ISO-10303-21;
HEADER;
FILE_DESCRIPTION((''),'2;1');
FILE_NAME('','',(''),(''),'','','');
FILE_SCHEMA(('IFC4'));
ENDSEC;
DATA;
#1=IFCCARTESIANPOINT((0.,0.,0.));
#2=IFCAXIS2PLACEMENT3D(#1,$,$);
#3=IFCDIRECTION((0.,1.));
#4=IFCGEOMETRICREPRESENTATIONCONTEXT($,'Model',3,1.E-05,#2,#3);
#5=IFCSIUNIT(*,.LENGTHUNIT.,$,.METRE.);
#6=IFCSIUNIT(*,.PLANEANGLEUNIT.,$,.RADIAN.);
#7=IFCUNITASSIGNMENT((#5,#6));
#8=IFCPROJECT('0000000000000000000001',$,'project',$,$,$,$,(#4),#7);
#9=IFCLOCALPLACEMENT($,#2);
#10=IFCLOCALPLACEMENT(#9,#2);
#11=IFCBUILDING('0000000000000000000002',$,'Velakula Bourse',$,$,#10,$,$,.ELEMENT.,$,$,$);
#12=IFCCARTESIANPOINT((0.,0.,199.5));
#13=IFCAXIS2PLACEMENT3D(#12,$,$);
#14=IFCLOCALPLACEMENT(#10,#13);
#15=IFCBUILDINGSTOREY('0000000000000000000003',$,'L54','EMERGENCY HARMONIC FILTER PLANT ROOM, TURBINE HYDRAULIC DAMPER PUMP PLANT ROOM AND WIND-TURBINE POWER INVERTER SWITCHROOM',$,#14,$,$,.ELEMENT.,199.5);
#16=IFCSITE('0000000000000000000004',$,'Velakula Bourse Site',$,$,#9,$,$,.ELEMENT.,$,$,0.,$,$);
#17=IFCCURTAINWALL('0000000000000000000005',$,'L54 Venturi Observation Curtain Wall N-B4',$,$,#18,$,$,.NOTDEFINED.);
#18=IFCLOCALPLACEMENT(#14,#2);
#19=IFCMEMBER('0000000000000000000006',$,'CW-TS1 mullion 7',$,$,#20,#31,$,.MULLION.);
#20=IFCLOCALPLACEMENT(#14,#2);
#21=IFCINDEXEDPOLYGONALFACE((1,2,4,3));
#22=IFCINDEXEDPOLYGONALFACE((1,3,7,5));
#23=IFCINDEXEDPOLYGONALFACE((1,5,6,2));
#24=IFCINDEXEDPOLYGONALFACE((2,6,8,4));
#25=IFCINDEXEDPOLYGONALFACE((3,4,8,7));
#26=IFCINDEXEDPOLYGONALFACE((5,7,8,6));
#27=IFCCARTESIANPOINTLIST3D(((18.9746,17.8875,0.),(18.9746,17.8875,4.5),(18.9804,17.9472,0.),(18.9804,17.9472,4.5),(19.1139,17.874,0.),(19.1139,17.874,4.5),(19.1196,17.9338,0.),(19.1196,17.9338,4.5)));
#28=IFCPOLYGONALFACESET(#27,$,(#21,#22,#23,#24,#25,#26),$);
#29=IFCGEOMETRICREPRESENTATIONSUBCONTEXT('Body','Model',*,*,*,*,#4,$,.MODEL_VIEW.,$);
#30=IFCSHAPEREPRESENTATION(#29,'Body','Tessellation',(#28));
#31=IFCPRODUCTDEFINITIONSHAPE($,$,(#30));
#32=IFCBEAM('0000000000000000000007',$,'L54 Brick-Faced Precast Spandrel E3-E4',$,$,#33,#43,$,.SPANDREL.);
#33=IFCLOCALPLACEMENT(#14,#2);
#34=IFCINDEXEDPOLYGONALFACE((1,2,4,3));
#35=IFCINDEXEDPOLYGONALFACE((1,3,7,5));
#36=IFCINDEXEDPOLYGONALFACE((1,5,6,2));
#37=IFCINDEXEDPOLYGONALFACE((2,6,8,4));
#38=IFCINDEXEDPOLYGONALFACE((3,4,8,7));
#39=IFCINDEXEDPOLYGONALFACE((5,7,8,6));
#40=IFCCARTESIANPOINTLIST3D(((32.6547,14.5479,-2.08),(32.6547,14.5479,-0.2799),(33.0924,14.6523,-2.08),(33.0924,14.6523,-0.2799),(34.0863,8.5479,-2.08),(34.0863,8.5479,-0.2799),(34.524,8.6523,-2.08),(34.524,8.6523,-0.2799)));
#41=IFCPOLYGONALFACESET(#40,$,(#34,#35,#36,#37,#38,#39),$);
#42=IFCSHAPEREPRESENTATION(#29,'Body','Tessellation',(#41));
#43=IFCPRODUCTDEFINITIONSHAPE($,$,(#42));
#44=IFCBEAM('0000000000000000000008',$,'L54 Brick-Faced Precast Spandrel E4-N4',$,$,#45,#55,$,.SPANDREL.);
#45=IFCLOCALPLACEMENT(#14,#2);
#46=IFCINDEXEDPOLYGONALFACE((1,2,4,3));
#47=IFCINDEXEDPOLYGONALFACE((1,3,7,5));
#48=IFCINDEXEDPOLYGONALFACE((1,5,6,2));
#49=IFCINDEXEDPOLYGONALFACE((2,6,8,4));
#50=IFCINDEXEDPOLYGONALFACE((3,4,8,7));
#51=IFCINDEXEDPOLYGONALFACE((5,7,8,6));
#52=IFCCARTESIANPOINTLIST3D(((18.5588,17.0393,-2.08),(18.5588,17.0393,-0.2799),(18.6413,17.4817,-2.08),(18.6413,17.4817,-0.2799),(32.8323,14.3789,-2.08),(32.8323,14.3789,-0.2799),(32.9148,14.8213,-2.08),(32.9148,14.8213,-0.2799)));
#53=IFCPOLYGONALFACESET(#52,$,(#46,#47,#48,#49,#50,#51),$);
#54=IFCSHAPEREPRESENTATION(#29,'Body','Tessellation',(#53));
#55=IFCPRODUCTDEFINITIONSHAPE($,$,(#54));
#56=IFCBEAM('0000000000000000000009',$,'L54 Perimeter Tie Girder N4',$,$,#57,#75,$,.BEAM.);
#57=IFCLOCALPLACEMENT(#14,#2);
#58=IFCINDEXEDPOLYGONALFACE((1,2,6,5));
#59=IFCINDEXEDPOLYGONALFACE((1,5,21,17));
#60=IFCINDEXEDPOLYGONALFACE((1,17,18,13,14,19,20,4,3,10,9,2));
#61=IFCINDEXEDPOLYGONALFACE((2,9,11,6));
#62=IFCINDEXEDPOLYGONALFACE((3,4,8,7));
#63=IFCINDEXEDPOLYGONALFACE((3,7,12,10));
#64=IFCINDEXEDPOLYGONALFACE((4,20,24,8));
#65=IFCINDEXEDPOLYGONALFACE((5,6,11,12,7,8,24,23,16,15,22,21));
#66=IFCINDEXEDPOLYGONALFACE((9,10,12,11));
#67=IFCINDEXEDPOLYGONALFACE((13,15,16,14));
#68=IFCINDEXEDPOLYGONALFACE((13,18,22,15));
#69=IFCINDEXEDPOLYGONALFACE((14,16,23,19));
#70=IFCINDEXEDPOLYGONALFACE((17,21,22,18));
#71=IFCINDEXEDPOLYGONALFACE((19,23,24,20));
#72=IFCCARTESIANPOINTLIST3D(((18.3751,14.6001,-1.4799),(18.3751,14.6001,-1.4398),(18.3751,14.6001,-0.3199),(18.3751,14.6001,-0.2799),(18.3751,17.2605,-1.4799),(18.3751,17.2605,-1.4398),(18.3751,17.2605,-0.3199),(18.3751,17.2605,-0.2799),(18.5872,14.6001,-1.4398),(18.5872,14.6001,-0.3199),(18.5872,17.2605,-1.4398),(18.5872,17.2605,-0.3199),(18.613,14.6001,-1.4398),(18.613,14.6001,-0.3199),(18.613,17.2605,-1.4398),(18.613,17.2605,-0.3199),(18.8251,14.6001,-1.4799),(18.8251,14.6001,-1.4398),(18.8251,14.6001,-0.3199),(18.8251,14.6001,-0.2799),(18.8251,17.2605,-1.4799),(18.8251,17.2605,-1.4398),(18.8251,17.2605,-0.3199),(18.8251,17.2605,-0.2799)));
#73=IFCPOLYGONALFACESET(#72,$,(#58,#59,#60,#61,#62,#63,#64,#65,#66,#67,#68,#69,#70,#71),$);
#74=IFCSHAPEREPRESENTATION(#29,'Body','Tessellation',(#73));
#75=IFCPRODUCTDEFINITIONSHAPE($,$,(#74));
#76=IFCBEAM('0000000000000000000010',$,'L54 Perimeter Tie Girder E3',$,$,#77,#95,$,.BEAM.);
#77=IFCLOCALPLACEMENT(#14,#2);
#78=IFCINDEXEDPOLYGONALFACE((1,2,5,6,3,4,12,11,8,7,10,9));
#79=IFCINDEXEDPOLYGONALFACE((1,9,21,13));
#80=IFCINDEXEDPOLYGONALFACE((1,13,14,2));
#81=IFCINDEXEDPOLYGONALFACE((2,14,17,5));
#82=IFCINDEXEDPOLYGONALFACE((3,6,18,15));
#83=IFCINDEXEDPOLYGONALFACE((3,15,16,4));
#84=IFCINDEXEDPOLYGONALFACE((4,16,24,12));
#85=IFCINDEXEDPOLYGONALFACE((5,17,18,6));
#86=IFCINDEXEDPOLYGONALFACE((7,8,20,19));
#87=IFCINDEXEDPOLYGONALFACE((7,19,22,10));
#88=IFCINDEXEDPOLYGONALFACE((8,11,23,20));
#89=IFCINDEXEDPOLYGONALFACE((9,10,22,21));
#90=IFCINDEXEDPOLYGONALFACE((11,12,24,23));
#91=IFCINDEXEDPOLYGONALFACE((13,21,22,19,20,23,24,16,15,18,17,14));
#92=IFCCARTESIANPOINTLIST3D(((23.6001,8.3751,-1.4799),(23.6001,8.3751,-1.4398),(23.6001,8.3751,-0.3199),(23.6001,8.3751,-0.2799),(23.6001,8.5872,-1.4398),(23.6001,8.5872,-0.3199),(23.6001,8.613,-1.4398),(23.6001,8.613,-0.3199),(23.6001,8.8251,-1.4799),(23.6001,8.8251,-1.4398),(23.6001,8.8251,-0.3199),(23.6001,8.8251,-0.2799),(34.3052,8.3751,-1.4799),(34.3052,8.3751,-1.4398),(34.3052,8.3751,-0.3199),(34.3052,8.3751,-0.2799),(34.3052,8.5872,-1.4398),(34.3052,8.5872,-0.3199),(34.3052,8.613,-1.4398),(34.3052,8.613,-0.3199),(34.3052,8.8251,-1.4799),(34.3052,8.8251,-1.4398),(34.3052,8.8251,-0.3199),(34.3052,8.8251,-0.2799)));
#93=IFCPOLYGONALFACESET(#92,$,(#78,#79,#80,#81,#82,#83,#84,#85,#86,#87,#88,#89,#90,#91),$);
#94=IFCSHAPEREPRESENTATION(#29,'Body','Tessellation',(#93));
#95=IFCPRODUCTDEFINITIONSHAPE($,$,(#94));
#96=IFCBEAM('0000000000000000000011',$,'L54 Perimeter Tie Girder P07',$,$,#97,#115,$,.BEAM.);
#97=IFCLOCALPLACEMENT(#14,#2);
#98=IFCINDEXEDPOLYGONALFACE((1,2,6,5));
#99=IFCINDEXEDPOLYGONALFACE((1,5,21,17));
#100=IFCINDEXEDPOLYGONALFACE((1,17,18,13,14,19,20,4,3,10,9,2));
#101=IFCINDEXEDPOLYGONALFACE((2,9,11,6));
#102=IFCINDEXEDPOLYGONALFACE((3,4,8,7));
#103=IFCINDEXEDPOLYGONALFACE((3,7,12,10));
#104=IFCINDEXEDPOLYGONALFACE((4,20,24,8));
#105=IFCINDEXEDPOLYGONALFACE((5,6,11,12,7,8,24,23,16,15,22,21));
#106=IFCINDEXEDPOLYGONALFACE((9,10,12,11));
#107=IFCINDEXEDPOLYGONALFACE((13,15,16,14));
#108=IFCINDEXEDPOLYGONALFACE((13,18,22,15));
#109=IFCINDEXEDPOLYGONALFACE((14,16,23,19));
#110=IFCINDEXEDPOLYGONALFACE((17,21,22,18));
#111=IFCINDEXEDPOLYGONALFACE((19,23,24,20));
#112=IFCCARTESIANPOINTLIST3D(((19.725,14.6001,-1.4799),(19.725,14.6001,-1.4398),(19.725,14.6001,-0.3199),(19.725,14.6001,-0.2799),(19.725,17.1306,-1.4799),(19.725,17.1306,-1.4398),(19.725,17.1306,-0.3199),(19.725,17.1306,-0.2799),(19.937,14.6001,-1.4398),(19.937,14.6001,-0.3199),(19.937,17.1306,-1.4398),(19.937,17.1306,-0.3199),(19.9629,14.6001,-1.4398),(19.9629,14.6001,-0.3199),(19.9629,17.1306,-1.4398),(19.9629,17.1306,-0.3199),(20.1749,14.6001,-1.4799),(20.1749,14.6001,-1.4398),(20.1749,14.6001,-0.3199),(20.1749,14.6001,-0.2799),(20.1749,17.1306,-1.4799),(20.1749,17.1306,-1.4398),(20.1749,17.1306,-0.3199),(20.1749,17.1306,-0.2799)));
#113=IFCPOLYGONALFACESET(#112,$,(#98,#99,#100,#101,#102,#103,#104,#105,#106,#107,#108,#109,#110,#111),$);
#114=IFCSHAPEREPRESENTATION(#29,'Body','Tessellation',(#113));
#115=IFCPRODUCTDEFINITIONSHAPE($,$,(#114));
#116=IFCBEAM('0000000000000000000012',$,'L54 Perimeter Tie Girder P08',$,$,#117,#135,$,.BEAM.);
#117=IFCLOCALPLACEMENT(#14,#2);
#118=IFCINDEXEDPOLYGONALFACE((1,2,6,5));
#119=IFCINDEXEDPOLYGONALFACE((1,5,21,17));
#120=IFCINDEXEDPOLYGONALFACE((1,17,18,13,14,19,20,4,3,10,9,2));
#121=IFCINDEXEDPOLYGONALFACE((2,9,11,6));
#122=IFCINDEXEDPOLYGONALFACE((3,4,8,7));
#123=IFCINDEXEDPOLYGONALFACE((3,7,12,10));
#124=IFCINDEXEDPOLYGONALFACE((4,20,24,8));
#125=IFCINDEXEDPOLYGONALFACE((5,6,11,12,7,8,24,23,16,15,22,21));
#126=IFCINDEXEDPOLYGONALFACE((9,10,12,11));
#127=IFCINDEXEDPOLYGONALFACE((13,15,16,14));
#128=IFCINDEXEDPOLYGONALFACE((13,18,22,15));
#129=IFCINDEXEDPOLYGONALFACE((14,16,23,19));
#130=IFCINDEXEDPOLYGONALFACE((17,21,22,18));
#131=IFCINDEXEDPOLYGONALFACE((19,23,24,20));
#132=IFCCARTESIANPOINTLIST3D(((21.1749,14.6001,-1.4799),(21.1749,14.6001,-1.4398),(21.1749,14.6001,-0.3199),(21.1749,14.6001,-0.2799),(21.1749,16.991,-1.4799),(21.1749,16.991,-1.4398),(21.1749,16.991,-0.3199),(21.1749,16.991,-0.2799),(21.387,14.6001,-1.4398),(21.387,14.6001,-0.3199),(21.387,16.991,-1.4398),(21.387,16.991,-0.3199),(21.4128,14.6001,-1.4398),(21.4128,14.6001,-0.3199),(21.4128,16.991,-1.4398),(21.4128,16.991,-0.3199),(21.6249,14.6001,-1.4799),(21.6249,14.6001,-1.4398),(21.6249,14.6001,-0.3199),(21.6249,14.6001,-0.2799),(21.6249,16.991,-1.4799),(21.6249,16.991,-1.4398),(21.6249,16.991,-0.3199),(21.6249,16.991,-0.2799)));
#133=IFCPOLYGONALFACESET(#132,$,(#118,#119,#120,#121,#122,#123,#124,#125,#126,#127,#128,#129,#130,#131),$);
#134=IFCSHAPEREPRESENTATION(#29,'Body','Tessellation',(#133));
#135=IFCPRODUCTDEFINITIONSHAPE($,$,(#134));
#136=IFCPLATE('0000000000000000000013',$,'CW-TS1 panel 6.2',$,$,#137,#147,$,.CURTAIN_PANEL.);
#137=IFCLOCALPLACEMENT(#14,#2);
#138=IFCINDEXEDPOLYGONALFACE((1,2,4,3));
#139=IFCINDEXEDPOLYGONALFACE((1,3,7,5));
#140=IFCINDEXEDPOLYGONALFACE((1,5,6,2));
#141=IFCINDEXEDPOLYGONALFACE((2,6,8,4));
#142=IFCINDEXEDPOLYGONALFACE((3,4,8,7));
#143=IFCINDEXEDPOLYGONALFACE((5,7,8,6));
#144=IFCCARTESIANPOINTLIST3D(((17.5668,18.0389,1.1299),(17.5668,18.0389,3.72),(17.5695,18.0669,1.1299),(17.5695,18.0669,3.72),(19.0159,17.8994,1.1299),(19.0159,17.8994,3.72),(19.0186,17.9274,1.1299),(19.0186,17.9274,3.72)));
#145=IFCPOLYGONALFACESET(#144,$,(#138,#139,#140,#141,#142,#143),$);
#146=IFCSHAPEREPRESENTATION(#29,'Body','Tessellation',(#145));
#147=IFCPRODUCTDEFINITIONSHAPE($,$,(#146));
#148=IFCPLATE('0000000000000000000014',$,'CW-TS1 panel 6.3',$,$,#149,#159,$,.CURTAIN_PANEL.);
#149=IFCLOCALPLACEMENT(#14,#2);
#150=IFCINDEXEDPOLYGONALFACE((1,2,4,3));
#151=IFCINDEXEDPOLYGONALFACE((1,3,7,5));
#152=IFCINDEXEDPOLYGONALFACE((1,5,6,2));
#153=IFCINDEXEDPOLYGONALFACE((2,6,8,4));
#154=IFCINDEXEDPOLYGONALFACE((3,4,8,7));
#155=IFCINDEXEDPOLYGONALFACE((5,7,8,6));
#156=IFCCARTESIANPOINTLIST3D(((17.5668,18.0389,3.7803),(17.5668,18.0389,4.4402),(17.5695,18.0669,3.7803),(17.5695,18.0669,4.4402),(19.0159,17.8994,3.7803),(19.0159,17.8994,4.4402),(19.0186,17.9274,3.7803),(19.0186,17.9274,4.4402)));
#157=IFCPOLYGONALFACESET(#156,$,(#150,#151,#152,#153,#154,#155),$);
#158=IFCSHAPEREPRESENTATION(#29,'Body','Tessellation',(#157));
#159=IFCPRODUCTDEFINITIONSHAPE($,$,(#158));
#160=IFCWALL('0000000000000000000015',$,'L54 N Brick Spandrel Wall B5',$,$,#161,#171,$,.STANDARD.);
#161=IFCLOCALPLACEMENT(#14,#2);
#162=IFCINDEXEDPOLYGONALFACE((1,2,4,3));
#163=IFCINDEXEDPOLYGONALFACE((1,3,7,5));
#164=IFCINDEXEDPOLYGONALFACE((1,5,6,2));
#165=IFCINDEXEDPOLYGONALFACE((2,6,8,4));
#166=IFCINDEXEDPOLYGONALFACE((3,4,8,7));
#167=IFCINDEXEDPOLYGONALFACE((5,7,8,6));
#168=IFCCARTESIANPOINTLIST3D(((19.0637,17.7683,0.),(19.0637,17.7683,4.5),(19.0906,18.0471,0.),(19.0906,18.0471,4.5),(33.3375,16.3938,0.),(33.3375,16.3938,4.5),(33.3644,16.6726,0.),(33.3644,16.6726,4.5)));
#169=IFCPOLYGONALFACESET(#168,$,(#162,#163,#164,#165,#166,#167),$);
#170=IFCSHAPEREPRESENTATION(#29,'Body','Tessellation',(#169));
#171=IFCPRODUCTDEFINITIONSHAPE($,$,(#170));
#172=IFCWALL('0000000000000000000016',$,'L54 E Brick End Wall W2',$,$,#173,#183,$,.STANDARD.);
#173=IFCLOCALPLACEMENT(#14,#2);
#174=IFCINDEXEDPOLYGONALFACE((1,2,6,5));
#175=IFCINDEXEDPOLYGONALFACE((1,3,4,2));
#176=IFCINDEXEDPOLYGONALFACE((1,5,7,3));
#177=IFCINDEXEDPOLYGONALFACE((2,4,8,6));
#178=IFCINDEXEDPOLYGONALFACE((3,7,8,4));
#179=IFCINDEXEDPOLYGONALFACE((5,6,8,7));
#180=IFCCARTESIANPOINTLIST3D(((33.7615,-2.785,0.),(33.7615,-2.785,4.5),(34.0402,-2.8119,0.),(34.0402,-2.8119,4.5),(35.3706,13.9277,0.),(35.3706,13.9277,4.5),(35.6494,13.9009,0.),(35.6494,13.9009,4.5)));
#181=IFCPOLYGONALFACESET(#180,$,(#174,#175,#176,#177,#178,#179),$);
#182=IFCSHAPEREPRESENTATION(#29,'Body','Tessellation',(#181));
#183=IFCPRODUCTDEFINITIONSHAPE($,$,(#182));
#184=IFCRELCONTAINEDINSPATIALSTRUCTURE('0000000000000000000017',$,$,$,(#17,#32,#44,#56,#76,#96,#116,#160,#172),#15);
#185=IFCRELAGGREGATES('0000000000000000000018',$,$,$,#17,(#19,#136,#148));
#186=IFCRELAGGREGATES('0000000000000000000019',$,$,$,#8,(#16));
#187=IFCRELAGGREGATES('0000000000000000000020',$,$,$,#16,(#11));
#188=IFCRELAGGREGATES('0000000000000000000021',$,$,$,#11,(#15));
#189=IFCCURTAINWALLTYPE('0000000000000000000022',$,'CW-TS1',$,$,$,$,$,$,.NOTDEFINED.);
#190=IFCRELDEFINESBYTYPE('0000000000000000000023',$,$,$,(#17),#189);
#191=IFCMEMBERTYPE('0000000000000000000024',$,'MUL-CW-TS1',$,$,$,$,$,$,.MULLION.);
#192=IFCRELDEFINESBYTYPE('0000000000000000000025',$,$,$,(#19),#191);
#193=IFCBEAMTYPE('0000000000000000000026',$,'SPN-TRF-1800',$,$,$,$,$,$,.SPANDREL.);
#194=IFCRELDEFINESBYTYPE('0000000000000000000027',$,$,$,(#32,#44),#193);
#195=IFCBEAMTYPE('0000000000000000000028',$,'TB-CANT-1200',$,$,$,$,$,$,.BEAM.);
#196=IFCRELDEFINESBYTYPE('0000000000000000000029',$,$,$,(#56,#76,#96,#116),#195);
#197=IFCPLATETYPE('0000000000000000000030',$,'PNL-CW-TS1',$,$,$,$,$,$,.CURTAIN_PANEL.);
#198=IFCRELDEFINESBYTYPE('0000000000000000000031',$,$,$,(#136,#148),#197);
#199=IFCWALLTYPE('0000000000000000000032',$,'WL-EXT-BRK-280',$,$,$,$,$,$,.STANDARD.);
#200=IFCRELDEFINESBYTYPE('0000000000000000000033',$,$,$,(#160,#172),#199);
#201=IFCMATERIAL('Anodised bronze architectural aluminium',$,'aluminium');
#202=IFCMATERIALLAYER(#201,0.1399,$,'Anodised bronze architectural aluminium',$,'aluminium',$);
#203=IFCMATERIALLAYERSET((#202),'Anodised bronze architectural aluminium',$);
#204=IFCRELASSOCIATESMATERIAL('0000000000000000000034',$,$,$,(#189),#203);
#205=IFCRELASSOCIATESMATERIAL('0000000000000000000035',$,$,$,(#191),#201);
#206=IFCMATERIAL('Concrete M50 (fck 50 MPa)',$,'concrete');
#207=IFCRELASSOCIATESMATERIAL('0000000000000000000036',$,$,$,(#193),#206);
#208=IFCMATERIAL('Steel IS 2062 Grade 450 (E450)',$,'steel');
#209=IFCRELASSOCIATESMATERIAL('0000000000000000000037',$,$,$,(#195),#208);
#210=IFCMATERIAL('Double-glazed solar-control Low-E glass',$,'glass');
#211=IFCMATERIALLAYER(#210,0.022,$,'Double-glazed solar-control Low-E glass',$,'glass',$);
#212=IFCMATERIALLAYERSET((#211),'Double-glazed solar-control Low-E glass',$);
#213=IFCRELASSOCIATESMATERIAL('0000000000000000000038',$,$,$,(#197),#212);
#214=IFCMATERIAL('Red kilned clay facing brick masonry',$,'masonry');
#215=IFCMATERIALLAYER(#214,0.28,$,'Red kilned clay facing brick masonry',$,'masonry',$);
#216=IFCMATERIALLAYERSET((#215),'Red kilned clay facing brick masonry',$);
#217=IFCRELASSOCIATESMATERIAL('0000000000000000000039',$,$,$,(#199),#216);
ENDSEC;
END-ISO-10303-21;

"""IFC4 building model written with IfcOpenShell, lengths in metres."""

from ifc_helpers import new_model, si_unit, direction, frame, frame_2d, origin, origin_2d, place, context, subcontext, project, spatial, rectangle, i_section, extrude, material, layer, layer_set, material_profile, profile_set, type_object, element, aggregate, save


model = new_model("IFC4")

# Units and contexts
model_context = context("Model", 3, precision=1e-05, world=origin(), true_north=direction((0.0, 1.0)))
body_context = subcontext(model_context, "Body", "Model", "MODEL_VIEW")
ifc_project = project(units=[si_unit("LENGTHUNIT", "METRE"), si_unit("PLANEANGLEUNIT", "RADIAN")], contexts=[model_context])

# Site, building, storey
site_placement = place(None, origin())
site = spatial("IfcSite", under=ifc_project, at=site_placement, Name="Velakula Bourse Site", CompositionType="ELEMENT", RefElevation=0.0)
building_placement = place(site_placement, origin())
building = spatial("IfcBuilding", under=site, at=building_placement, Name="Velakula Bourse", CompositionType="ELEMENT")
storey_placement = place(building_placement, frame((0.0, 0.0, 199.5)))
storey = spatial("IfcBuildingStorey", under=building, at=storey_placement, Name="L54", Description="EMERGENCY HARMONIC FILTER PLANT ROOM, TURBINE HYDRAULIC DAMPER PUMP PLANT ROOM AND WIND-TURBINE POWER INVERTER SWITCHROOM", CompositionType="ELEMENT", Elevation=199.5)

# Curtain wall, member
ifc_material_1 = material(Name="Anodised bronze architectural aluminium", Category="aluminium")
ifc_layer_1 = layer(ifc_material_1, 0.1399, Name="Anodised bronze architectural aluminium", Category="aluminium")
ifc_layer_set_1 = layer_set([ifc_layer_1], Name="Anodised bronze architectural aluminium")
curtain_wall_type = type_object("IfcCurtainWallType", Name="CW-TS1", PredefinedType="NOTDEFINED", material=ifc_layer_set_1)
curtain_wall_placement = place(storey_placement, origin())
curtain_wall = element("IfcCurtainWall", 1, at=curtain_wall_placement, inside=storey, type_object=curtain_wall_type, Name="L54 Venturi Observation Curtain Wall N-B4", PredefinedType="NOTDEFINED")
ifc_material_profile_1 = material_profile(ifc_material_1, rectangle(XDim=0.0601, YDim=0.1399, at=origin_2d()), Name="Anodised bronze architectural aluminium")
ifc_profile_set_1 = profile_set([ifc_material_profile_1], Name="Anodised bronze architectural aluminium")
member_type = type_object("IfcMemberType", Name="MUL-CW-TS1", PredefinedType="MULLION", material=ifc_profile_set_1)
member_placement = place(storey_placement, frame((19.0471, 17.9106, 0.0), z_axis=(0.0, 0.0, 1.0), x_axis=(0.095849, 0.995396, 0.0)))
member = element("IfcMember", 2, at=member_placement, type_object=member_type, Name="CW-TS1 mullion 7", PredefinedType="MULLION", context=body_context, shape_type="SweptSolid", body=[
    extrude(rectangle(XDim=0.0601, YDim=0.1399, at=origin_2d()), origin(), (0.0, 0.0, 1.0), 4.5),
])

# Beams
ifc_material_2 = material(Name="Concrete M50 (fck 50 MPa)", Category="concrete")
ifc_material_profile_2 = material_profile(ifc_material_2, rectangle(XDim=0.45, YDim=1.8, at=origin_2d()), Name="Concrete M50 (fck 50 MPa)")
ifc_profile_set_2 = profile_set([ifc_material_profile_2], Name="Concrete M50 (fck 50 MPa)")
beam_type_1 = type_object("IfcBeamType", Name="SPN-TRF-1800", PredefinedType="SPANDREL", material=ifc_profile_set_2)
beam_1_placement = place(storey_placement, frame((34.3052, 8.6001, -1.1799), z_axis=(-0.232091, 0.972694, 0.0), x_axis=(-0.972694, -0.232091, 0.0)))
element("IfcBeam", 3, at=beam_1_placement, inside=storey, type_object=beam_type_1, Name="L54 Brick-Faced Precast Spandrel E3-E4", PredefinedType="SPANDREL", context=body_context, shape_type="SweptSolid", body=[
    extrude(rectangle(XDim=0.45, YDim=1.8, at=origin_2d()), origin(), (0.0, 0.0, 1.0), 6.1685),
])
beam_2_placement = place(storey_placement, frame((32.8735, 14.6001, -1.1799), z_axis=(-0.98307, 0.183233, 0.0), x_axis=(-0.183233, -0.98307, 0.0)))
element("IfcBeam", 4, at=beam_2_placement, inside=storey, type_object=beam_type_1, Name="L54 Brick-Faced Precast Spandrel E4-N4", PredefinedType="SPANDREL", context=body_context, shape_type="SweptSolid", body=[
    extrude(rectangle(XDim=0.45, YDim=1.8, at=origin_2d()), origin(), (0.0, 0.0, 1.0), 14.5193),
])
ifc_material_3 = material(Name="Steel IS 2062 Grade 450 (E450)", Category="steel")
ifc_material_profile_3 = material_profile(ifc_material_3, i_section(OverallWidth=0.45, OverallDepth=1.2, WebThickness=0.0259, FlangeThickness=0.04, at=origin_2d()), Name="Steel IS 2062 Grade 450 (E450)")
ifc_profile_set_3 = profile_set([ifc_material_profile_3], Name="Steel IS 2062 Grade 450 (E450)")
beam_type_2 = type_object("IfcBeamType", Name="TB-CANT-1200", PredefinedType="BEAM", material=ifc_profile_set_3)
beam_3_placement = place(storey_placement, frame((18.6001, 14.6001, -0.8799), z_axis=(0.0, 1.0, 0.0), x_axis=(-1.0, 0.0, 0.0)))
element("IfcBeam", 5, at=beam_3_placement, inside=storey, type_object=beam_type_2, Name="L54 Perimeter Tie Girder N4", PredefinedType="BEAM", context=body_context, shape_type="SweptSolid", body=[
    extrude(i_section(OverallWidth=0.45, OverallDepth=1.2, WebThickness=0.0259, FlangeThickness=0.04, at=origin_2d()), origin(), (0.0, 0.0, 1.0), 2.6604),
])
beam_4_placement = place(storey_placement, frame((23.6001, 8.6001, -0.8799), z_axis=(1.0, 0.0, 0.0), x_axis=(0.0, 1.0, 0.0)))
element("IfcBeam", 6, at=beam_4_placement, inside=storey, type_object=beam_type_2, Name="L54 Perimeter Tie Girder E3", PredefinedType="BEAM", context=body_context, shape_type="SweptSolid", body=[
    extrude(i_section(OverallWidth=0.45, OverallDepth=1.2, WebThickness=0.0259, FlangeThickness=0.04, at=origin_2d()), origin(), (0.0, 0.0, 1.0), 10.7051),
])
beam_5_placement = place(storey_placement, frame((19.95, 14.6001, -0.8799), z_axis=(0.0, 1.0, 0.0), x_axis=(-1.0, 0.0, 0.0)))
element("IfcBeam", 7, at=beam_5_placement, inside=storey, type_object=beam_type_2, Name="L54 Perimeter Tie Girder P07", PredefinedType="BEAM", context=body_context, shape_type="SweptSolid", body=[
    extrude(i_section(OverallWidth=0.45, OverallDepth=1.2, WebThickness=0.0259, FlangeThickness=0.04, at=origin_2d()), origin(), (0.0, 0.0, 1.0), 2.5305),
])
beam_6_placement = place(storey_placement, frame((21.3999, 14.6001, -0.8799), z_axis=(0.0, 1.0, 0.0), x_axis=(-1.0, 0.0, 0.0)))
element("IfcBeam", 8, at=beam_6_placement, inside=storey, type_object=beam_type_2, Name="L54 Perimeter Tie Girder P08", PredefinedType="BEAM", context=body_context, shape_type="SweptSolid", body=[
    extrude(i_section(OverallWidth=0.45, OverallDepth=1.2, WebThickness=0.0259, FlangeThickness=0.04, at=origin_2d()), origin(), (0.0, 0.0, 1.0), 2.3909),
])

# Plates
ifc_material_4 = material(Name="Double-glazed solar-control Low-E glass", Category="glass")
ifc_layer_2 = layer(ifc_material_4, 0.022, Name="Double-glazed solar-control Low-E glass", Category="glass")
ifc_layer_set_2 = layer_set([ifc_layer_2], Name="Double-glazed solar-control Low-E glass")
plate_type = type_object("IfcPlateType", Name="PNL-CW-TS1", PredefinedType="CURTAIN_PANEL", material=ifc_layer_set_2)
plate_1_placement = place(storey_placement, frame((18.2927, 17.9832, 1.1299), z_axis=(0.0, 0.0, 1.0), x_axis=(0.995396, -0.095849, 0.0)))
plate_1 = element("IfcPlate", 9, at=plate_1_placement, type_object=plate_type, Name="CW-TS1 panel 6.2", PredefinedType="CURTAIN_PANEL", context=body_context, shape_type="SweptSolid", body=[
    extrude(rectangle(XDim=1.4558, YDim=0.0281, at=origin_2d()), origin(), (0.0, 0.0, 1.0), 2.5901),
])
plate_2_placement = place(storey_placement, frame((18.2927, 17.9832, 3.7803), z_axis=(0.0, 0.0, 1.0), x_axis=(0.995396, -0.095849, 0.0)))
plate_2 = element("IfcPlate", 10, at=plate_2_placement, type_object=plate_type, Name="CW-TS1 panel 6.3", PredefinedType="CURTAIN_PANEL", context=body_context, shape_type="SweptSolid", body=[
    extrude(rectangle(XDim=1.4558, YDim=0.0281, at=origin_2d()), origin(), (0.0, 0.0, 1.0), 0.6599),
])
aggregate(curtain_wall, [member, plate_1, plate_2])

# Walls
ifc_material_5 = material(Name="Red kilned clay facing brick masonry", Category="masonry")
ifc_layer_3 = layer(ifc_material_5, 0.28, Name="Red kilned clay facing brick masonry", Category="masonry")
ifc_layer_set_3 = layer_set([ifc_layer_3], Name="Red kilned clay facing brick masonry")
wall_type_1 = type_object("IfcWallType", Name="WL-EXT-BRK-280", PredefinedType="STANDARD", material=ifc_layer_set_3)
wall_1_placement = place(storey_placement, frame((19.0771, 17.9077, 0.0), z_axis=(0.0, 0.0, 1.0), x_axis=(0.995396, -0.095852, 0.0)))
element("IfcWall", 11, at=wall_1_placement, inside=storey, type_object=wall_type_1, Name="L54 N Brick Spandrel Wall B5", PredefinedType="STANDARD", context=body_context, shape_type="SweptSolid", body=[
    extrude(rectangle(XDim=14.3398, YDim=0.28, at=frame_2d((7.1699, 0.0))), origin(), (0.0, 0.0, 1.0), 4.5),
])
wall_2_placement = place(storey_placement, frame((35.51, 13.9143, 0.0), z_axis=(0.0, 0.0, 1.0), x_axis=(-0.095839, -0.995397, 0.0)))
element("IfcWall", 12, at=wall_2_placement, inside=storey, type_object=wall_type_1, Name="L54 E Brick End Wall W2", PredefinedType="STANDARD", context=body_context, shape_type="SweptSolid", body=[
    extrude(rectangle(XDim=16.79, YDim=0.28, at=frame_2d((8.395, 0.0))), origin(), (0.0, 0.0, 1.0), 4.5),
])

save(model, "model.ifc")
